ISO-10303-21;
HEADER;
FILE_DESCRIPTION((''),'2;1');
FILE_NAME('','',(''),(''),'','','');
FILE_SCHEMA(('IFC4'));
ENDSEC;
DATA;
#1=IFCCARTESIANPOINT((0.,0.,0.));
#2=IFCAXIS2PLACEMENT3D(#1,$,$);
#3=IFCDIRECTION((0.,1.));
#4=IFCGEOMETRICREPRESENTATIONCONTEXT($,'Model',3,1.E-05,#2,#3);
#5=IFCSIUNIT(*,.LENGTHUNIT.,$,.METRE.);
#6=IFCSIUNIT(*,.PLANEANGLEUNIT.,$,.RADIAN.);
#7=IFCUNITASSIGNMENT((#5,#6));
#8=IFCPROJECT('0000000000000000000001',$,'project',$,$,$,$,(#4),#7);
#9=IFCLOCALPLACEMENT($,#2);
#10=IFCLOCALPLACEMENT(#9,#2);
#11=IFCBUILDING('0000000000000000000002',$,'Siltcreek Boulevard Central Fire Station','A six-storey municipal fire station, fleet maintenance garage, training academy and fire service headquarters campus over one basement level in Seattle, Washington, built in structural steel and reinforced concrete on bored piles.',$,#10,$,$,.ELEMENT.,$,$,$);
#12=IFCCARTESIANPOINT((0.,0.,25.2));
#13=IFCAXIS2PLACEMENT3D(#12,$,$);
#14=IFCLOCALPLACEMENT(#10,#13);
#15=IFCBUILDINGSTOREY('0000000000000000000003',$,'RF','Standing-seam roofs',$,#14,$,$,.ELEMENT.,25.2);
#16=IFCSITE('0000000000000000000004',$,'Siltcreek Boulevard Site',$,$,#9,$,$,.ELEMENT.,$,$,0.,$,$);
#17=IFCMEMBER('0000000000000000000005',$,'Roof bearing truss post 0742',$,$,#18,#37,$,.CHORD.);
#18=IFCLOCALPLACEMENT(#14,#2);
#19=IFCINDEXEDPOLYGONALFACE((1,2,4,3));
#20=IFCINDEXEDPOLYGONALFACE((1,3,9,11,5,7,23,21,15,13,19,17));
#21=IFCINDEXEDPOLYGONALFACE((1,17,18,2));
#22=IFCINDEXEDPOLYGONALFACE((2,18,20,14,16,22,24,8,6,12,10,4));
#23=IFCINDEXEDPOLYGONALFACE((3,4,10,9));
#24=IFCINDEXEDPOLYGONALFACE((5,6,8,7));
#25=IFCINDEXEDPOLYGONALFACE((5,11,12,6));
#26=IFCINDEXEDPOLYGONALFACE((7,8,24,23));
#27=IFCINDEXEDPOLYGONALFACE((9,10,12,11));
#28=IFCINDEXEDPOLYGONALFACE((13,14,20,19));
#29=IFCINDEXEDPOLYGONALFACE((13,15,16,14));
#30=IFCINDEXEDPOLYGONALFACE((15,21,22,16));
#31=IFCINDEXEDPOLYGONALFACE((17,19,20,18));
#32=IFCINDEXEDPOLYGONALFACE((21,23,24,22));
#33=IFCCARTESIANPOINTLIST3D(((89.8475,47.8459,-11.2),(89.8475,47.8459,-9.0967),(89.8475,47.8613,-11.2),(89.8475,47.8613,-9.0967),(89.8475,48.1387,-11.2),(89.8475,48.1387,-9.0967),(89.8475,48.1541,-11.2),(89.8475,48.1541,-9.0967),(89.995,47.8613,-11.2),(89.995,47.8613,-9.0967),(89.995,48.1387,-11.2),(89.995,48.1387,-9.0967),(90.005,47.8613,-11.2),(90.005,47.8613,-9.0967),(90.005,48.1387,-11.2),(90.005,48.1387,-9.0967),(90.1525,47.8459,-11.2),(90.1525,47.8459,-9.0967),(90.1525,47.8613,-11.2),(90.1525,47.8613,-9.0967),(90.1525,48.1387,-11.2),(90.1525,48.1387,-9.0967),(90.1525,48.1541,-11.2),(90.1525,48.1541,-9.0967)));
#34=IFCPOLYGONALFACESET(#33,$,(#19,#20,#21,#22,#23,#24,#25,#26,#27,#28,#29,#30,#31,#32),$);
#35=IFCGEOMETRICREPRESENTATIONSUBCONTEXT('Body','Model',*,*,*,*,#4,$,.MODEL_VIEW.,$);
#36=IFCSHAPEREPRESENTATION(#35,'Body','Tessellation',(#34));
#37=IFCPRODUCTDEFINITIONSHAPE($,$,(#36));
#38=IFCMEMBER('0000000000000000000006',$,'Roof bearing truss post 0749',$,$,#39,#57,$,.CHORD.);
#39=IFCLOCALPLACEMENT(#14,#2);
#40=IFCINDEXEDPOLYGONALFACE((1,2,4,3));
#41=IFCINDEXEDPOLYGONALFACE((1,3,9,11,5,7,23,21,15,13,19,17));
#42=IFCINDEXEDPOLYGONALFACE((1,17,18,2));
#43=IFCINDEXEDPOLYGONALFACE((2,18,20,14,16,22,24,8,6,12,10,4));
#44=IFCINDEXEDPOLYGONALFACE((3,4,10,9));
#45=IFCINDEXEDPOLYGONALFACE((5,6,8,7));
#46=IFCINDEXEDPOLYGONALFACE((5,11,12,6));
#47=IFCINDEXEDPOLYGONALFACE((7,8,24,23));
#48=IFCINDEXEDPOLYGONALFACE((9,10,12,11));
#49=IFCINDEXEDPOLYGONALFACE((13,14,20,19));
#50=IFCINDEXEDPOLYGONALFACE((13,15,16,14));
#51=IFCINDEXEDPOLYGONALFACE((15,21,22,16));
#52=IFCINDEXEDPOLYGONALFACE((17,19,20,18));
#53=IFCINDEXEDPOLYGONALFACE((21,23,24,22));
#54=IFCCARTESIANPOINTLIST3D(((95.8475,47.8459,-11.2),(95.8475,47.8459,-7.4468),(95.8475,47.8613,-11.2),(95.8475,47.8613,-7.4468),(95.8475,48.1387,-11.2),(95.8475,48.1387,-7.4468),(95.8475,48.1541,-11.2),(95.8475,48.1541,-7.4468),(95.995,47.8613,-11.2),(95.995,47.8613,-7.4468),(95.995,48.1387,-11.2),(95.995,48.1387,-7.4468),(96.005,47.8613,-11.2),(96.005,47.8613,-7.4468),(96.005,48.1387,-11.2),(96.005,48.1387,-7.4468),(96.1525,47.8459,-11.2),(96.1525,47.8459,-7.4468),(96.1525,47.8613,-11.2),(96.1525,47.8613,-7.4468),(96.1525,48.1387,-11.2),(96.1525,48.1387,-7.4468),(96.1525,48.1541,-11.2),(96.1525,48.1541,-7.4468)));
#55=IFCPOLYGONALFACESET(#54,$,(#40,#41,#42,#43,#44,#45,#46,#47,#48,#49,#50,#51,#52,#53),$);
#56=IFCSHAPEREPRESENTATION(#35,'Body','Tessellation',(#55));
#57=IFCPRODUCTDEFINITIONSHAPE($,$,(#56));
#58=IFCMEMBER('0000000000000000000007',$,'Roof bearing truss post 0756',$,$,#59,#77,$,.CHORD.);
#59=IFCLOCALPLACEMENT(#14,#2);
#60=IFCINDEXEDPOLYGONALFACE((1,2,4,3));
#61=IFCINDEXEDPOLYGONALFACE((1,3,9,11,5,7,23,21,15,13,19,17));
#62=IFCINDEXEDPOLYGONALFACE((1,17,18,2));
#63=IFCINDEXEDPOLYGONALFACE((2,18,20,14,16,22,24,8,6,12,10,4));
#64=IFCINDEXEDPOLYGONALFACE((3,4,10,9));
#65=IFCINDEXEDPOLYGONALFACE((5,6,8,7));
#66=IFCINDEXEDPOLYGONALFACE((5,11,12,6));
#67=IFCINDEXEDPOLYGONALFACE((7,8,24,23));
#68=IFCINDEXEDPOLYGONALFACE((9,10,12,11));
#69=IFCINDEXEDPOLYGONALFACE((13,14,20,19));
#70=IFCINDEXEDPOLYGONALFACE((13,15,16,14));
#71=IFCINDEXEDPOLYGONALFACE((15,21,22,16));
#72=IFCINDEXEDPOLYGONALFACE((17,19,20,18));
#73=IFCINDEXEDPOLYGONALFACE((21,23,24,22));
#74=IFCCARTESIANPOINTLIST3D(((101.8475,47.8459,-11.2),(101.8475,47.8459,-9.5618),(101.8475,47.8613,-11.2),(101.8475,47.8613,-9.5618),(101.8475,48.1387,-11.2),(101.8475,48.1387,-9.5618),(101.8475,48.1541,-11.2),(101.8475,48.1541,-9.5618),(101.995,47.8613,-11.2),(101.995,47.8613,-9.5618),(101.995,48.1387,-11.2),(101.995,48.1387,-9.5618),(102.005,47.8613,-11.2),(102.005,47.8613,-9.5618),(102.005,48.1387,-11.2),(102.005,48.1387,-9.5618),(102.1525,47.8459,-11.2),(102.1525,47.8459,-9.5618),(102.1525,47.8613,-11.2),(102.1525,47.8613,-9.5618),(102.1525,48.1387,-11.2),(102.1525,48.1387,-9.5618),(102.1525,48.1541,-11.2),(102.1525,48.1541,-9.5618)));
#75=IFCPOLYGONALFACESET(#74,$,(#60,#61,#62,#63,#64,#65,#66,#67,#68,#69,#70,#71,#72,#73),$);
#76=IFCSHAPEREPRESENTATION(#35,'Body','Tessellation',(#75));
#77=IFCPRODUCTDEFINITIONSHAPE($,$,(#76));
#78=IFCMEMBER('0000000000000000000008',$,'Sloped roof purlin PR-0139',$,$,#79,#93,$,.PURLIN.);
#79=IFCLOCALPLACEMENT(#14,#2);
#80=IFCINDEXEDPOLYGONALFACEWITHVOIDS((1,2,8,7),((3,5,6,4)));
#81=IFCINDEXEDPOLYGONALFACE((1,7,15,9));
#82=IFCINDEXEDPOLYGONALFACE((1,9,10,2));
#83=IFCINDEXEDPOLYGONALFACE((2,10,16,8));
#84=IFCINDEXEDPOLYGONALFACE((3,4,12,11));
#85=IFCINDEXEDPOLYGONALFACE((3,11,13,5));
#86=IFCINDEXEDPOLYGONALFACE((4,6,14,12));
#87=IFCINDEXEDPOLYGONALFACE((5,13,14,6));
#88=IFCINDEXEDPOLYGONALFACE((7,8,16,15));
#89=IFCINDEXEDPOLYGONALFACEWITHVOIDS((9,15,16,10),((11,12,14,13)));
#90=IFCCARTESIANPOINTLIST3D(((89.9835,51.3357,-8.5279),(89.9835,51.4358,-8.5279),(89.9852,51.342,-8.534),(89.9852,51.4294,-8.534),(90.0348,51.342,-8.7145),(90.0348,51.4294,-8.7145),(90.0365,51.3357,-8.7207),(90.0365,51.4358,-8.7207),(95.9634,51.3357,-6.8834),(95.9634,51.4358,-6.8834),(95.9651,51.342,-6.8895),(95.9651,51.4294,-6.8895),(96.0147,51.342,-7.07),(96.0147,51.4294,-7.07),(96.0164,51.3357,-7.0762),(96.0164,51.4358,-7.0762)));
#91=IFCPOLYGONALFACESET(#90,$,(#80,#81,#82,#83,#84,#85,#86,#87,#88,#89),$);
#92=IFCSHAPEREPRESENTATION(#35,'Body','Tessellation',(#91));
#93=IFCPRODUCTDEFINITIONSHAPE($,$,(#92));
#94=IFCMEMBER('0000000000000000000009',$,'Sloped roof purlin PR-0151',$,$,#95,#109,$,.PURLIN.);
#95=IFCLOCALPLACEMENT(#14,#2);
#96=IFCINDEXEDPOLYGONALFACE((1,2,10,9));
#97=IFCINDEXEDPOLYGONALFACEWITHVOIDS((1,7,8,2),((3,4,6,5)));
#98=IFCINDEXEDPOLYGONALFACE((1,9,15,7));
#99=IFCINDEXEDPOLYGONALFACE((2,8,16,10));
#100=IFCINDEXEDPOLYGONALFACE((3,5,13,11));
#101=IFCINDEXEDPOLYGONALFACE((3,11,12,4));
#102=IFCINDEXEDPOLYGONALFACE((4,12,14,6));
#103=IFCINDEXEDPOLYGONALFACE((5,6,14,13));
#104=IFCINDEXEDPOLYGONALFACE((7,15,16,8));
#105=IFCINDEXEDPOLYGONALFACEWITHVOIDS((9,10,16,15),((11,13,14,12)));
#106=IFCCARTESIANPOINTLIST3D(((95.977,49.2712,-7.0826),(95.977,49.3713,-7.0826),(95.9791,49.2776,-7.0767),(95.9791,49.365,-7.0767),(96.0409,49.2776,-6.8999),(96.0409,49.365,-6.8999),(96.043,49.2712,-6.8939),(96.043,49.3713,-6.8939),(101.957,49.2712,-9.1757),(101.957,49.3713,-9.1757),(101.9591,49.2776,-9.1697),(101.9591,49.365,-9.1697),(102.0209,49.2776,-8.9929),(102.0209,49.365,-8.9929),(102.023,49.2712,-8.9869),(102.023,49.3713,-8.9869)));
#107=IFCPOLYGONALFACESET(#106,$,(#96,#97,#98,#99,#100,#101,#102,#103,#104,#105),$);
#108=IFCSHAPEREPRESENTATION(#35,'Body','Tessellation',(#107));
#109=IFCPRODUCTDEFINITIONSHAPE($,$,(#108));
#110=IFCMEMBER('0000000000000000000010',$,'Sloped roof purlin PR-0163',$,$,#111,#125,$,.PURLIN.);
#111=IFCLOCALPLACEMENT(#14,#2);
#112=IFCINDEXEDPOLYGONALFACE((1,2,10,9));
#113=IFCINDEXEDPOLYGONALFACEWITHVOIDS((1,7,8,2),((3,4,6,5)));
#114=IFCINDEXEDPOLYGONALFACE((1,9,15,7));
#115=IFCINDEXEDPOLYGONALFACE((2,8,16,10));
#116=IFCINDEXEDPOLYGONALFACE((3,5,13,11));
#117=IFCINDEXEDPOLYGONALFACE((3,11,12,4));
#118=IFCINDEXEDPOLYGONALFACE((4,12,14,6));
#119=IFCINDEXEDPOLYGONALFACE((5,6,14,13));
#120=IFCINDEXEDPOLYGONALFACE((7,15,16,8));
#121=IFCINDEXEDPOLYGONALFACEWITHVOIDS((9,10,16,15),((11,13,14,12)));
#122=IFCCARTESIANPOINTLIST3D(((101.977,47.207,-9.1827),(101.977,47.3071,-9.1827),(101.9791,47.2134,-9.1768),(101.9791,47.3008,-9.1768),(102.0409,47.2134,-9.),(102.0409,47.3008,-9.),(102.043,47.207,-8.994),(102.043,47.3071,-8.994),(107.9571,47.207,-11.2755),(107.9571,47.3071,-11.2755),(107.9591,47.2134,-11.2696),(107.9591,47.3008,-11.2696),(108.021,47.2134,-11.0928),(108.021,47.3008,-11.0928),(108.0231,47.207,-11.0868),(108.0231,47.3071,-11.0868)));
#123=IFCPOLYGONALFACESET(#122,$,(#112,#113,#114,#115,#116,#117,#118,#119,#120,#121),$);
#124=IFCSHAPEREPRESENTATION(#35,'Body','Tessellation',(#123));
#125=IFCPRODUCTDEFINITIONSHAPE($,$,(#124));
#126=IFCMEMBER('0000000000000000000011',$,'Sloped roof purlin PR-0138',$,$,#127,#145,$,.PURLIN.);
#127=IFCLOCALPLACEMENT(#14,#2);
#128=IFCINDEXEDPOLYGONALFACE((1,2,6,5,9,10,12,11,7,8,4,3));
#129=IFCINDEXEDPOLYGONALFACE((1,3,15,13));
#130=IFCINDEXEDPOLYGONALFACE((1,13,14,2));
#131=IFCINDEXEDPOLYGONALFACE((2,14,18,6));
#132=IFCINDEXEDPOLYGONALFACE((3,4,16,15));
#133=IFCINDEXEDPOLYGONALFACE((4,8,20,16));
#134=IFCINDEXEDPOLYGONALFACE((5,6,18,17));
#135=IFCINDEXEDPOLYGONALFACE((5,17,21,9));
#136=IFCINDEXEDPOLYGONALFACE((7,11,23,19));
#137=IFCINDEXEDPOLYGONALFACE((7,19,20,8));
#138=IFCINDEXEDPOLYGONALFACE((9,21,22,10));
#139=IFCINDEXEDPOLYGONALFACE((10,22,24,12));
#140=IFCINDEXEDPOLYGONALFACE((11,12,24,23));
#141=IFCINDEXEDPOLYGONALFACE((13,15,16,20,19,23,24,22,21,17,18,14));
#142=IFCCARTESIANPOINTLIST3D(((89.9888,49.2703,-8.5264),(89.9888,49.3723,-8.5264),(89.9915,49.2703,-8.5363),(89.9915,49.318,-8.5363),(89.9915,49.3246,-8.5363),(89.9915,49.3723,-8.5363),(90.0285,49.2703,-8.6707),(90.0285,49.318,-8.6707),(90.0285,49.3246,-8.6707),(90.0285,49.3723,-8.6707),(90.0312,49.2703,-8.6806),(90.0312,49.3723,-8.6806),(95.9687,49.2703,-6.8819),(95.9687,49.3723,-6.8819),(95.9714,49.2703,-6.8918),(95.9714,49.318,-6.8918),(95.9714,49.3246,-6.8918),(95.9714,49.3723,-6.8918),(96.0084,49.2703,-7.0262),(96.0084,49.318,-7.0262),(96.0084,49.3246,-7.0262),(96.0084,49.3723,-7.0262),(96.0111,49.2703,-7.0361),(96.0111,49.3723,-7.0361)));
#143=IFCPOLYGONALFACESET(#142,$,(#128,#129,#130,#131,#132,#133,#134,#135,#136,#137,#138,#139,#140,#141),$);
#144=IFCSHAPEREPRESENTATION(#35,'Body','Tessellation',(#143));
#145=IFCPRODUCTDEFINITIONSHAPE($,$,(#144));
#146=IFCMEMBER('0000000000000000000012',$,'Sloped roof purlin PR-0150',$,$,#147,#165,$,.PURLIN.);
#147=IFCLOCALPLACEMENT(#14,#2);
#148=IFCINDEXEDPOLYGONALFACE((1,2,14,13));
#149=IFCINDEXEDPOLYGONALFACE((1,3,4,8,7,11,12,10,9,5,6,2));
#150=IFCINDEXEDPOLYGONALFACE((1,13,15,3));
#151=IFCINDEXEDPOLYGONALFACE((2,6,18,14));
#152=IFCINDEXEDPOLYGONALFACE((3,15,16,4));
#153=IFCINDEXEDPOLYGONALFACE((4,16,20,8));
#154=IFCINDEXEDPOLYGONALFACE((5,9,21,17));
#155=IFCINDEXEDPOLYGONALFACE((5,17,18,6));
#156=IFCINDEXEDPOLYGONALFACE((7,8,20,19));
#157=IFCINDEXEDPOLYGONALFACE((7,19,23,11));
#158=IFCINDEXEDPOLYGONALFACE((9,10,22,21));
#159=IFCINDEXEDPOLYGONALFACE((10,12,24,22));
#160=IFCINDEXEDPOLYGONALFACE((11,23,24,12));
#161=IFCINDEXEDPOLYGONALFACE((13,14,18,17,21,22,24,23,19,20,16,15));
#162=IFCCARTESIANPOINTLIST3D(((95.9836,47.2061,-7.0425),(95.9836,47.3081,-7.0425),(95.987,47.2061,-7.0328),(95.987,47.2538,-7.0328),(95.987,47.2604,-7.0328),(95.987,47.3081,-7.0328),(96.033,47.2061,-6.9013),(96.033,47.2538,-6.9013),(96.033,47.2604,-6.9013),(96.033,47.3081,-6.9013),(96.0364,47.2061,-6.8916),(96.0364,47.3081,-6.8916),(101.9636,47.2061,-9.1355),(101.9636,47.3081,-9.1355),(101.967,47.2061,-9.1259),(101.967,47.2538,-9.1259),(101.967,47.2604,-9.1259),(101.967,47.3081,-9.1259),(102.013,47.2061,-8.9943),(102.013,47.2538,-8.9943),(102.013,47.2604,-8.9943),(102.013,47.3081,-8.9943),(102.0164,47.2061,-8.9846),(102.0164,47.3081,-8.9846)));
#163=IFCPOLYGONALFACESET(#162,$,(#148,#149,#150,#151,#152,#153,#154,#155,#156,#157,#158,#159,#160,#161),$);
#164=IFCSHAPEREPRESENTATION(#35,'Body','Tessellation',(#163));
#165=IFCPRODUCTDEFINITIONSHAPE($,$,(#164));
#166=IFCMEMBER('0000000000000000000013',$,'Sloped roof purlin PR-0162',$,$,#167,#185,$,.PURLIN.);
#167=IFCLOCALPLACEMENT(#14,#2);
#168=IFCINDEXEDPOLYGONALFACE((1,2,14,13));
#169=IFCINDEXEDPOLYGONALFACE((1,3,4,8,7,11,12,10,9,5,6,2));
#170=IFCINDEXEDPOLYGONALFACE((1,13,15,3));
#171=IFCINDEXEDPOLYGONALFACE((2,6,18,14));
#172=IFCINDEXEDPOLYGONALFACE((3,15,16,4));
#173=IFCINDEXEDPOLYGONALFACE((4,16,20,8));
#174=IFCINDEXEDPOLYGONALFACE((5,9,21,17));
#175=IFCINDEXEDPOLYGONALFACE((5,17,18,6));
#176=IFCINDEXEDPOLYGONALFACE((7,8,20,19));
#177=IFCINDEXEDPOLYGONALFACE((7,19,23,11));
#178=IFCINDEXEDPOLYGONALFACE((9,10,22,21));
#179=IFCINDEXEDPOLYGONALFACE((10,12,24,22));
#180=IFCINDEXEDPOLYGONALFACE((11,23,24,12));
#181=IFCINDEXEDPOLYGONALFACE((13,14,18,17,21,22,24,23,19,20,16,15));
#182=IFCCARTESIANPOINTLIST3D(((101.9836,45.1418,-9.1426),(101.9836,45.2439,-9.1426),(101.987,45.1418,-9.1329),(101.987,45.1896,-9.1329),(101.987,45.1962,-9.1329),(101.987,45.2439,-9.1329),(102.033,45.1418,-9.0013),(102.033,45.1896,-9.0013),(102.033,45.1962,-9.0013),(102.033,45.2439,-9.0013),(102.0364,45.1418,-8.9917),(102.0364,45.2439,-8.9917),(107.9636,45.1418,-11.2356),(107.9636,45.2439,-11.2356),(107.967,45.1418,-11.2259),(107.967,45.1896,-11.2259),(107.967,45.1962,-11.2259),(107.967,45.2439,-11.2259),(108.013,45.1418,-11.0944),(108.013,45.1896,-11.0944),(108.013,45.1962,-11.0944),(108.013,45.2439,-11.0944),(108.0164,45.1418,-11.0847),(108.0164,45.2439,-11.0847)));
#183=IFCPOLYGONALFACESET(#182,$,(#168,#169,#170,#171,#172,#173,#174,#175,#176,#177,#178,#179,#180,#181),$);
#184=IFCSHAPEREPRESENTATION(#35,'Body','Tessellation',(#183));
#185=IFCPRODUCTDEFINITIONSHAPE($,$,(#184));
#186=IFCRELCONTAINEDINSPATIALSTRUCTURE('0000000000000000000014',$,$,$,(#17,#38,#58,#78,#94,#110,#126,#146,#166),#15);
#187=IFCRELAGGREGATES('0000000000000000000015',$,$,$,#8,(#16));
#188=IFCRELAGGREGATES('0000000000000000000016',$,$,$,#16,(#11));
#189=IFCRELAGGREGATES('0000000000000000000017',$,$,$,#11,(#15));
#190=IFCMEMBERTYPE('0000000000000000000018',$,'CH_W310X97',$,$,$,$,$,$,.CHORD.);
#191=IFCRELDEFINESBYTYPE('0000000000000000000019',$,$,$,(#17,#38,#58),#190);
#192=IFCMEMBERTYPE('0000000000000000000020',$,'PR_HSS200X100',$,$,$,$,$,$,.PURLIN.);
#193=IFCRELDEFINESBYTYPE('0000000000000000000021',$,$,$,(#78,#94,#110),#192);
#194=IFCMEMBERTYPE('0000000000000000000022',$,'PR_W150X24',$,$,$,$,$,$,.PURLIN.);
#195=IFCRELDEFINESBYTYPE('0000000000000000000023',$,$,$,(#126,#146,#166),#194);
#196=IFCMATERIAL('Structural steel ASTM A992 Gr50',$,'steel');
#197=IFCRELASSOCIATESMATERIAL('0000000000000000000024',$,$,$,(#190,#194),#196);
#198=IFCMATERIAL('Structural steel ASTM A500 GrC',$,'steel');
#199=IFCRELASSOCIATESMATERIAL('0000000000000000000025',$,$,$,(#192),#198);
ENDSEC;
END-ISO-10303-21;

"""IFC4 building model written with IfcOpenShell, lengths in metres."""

from ifc_helpers import new_model, si_unit, direction, frame, origin, origin_2d, place, context, subcontext, project, spatial, hollow_rectangle, i_section, extrude, material, material_profile, profile_set, type_object, element, save


model = new_model("IFC4")

# Units and contexts
model_context = context("Model", 3, precision=1e-05, world=origin(), true_north=direction((0.0, 1.0)))
body_context = subcontext(model_context, "Body", "Model", "MODEL_VIEW")
ifc_project = project(units=[si_unit("LENGTHUNIT", "METRE"), si_unit("PLANEANGLEUNIT", "RADIAN")], contexts=[model_context])

# Site, building, storey
site_placement = place(None, origin())
site = spatial("IfcSite", under=ifc_project, at=site_placement, Name="Siltcreek Boulevard Site", CompositionType="ELEMENT", RefElevation=0.0)
building_placement = place(site_placement, origin())
building = spatial("IfcBuilding", under=site, at=building_placement, Name="Siltcreek Boulevard Central Fire Station", Description="A six-storey municipal fire station, fleet maintenance garage, training academy and fire service headquarters campus over one basement level in Seattle, Washington, built in structural steel and reinforced concrete on bored piles.", CompositionType="ELEMENT")
storey_placement = place(building_placement, frame((0.0, 0.0, 25.2)))
storey = spatial("IfcBuildingStorey", under=building, at=storey_placement, Name="RF", Description="Standing-seam roofs", CompositionType="ELEMENT", Elevation=25.2)

# Members
ifc_material_1 = material(Name="Structural steel ASTM A992 Gr50", Category="steel")
ifc_material_profile_1 = material_profile(ifc_material_1, i_section(OverallWidth=0.3049, OverallDepth=0.3081, WebThickness=0.01, FlangeThickness=0.0154, at=origin_2d()), Name="W310X97")
ifc_profile_set_1 = profile_set([ifc_material_profile_1], Name="Structural steel ASTM A992 Gr50")
member_type_1 = type_object("IfcMemberType", Name="CH_W310X97", PredefinedType="CHORD", material=ifc_profile_set_1)
member_1_placement = place(storey_placement, frame((90.0, 48.0, -11.2), z_axis=(0.0, 0.0, 1.0), x_axis=(1.0, 0.0, 0.0)))
element("IfcMember", 1, at=member_1_placement, inside=storey, type_object=member_type_1, Name="Roof bearing truss post 0742", PredefinedType="CHORD", context=body_context, shape_type="SweptSolid", body=[
    extrude(i_section(OverallWidth=0.3049, OverallDepth=0.3081, WebThickness=0.01, FlangeThickness=0.0154, at=origin_2d()), origin(), (0.0, 0.0, 1.0), 2.1033),
])
member_2_placement = place(storey_placement, frame((96.0, 48.0, -11.2), z_axis=(0.0, 0.0, 1.0), x_axis=(1.0, 0.0, 0.0)))
element("IfcMember", 2, at=member_2_placement, inside=storey, type_object=member_type_1, Name="Roof bearing truss post 0749", PredefinedType="CHORD", context=body_context, shape_type="SweptSolid", body=[
    extrude(i_section(OverallWidth=0.3049, OverallDepth=0.3081, WebThickness=0.01, FlangeThickness=0.0154, at=origin_2d()), origin(), (0.0, 0.0, 1.0), 3.7532),
])
member_3_placement = place(storey_placement, frame((102.0, 48.0, -11.2), z_axis=(0.0, 0.0, 1.0), x_axis=(1.0, 0.0, 0.0)))
element("IfcMember", 3, at=member_3_placement, inside=storey, type_object=member_type_1, Name="Roof bearing truss post 0756", PredefinedType="CHORD", context=body_context, shape_type="SweptSolid", body=[
    extrude(i_section(OverallWidth=0.3049, OverallDepth=0.3081, WebThickness=0.01, FlangeThickness=0.0154, at=origin_2d()), origin(), (0.0, 0.0, 1.0), 1.6382),
])
ifc_material_2 = material(Name="Structural steel ASTM A500 GrC", Category="steel")
ifc_material_profile_2 = material_profile(ifc_material_2, hollow_rectangle(XDim=0.1001, YDim=0.2, WallThickness=0.0063, at=origin_2d()), Name="HSS200X100X6.4")
ifc_profile_set_2 = profile_set([ifc_material_profile_2], Name="Structural steel ASTM A500 GrC")
member_type_2 = type_object("IfcMemberType", Name="PR_HSS200X100", PredefinedType="PURLIN", material=ifc_profile_set_2)
member_4_placement = place(storey_placement, frame((90.01, 51.3857, -8.6243), z_axis=(0.964204, 0.0, 0.265162), x_axis=(0.0, 1.0, 0.0)))
element("IfcMember", 4, at=member_4_placement, inside=storey, type_object=member_type_2, Name="Sloped roof purlin PR-0139", PredefinedType="PURLIN", context=body_context, shape_type="SweptSolid", body=[
    extrude(hollow_rectangle(XDim=0.1001, YDim=0.2, WallThickness=0.0063, at=origin_2d()), origin(), (0.0, 0.0, 1.0), 6.2019),
])
for number, where, z_axis, x_axis, name in (
    (5, (96.01, 49.3213, -6.9883), (0.943857, 0.0, -0.330354), (0.0, 1.0, 0.0), "Sloped roof purlin PR-0151"),
    (6, (102.01, 47.2571, -9.0884), (0.943869, 0.0, -0.33032), (0.0, 1.0, 0.0), "Sloped roof purlin PR-0163"),
):
    element("IfcMember", number, at=place(storey_placement, frame(where, z_axis=z_axis, x_axis=x_axis)), inside=storey, type_object=member_type_2, Name=name, PredefinedType="PURLIN", context=body_context, shape_type="SweptSolid", body=[
        extrude(hollow_rectangle(XDim=0.1001, YDim=0.2, WallThickness=0.0063, at=origin_2d()), origin(), (0.0, 0.0, 1.0), 6.3357),
    ])
ifc_material_profile_3 = material_profile(ifc_material_1, i_section(OverallWidth=0.1021, OverallDepth=0.1599, WebThickness=0.0066, FlangeThickness=0.0103, at=origin_2d()), Name="W150X24")
ifc_profile_set_3 = profile_set([ifc_material_profile_3], Name="Structural steel ASTM A992 Gr50")
member_type_3 = type_object("IfcMemberType", Name="PR_W150X24", PredefinedType="PURLIN", material=ifc_profile_set_3)
member_5_placement = place(storey_placement, frame((90.01, 49.3213, -8.6035), z_axis=(0.964204, 0.0, 0.265162), x_axis=(0.0, 1.0, 0.0)))
element("IfcMember", 7, at=member_5_placement, inside=storey, type_object=member_type_3, Name="Sloped roof purlin PR-0138", PredefinedType="PURLIN", context=body_context, shape_type="SweptSolid", body=[
    extrude(i_section(OverallWidth=0.1021, OverallDepth=0.1599, WebThickness=0.0066, FlangeThickness=0.0103, at=origin_2d()), origin(), (0.0, 0.0, 1.0), 6.2019),
])
for number, where, z_axis, x_axis, name in (
    (8, (96.01, 47.2571, -6.967), (0.943857, 0.0, -0.330354), (0.0, 1.0, 0.0), "Sloped roof purlin PR-0150"),
    (9, (102.01, 45.1929, -9.0671), (0.943857, 0.0, -0.330354), (0.0, 1.0, 0.0), "Sloped roof purlin PR-0162"),
):
    element("IfcMember", number, at=place(storey_placement, frame(where, z_axis=z_axis, x_axis=x_axis)), inside=storey, type_object=member_type_3, Name=name, PredefinedType="PURLIN", context=body_context, shape_type="SweptSolid", body=[
        extrude(i_section(OverallWidth=0.1021, OverallDepth=0.1599, WebThickness=0.0066, FlangeThickness=0.0103, at=origin_2d()), origin(), (0.0, 0.0, 1.0), 6.3357),
    ])

save(model, "model.ifc")
